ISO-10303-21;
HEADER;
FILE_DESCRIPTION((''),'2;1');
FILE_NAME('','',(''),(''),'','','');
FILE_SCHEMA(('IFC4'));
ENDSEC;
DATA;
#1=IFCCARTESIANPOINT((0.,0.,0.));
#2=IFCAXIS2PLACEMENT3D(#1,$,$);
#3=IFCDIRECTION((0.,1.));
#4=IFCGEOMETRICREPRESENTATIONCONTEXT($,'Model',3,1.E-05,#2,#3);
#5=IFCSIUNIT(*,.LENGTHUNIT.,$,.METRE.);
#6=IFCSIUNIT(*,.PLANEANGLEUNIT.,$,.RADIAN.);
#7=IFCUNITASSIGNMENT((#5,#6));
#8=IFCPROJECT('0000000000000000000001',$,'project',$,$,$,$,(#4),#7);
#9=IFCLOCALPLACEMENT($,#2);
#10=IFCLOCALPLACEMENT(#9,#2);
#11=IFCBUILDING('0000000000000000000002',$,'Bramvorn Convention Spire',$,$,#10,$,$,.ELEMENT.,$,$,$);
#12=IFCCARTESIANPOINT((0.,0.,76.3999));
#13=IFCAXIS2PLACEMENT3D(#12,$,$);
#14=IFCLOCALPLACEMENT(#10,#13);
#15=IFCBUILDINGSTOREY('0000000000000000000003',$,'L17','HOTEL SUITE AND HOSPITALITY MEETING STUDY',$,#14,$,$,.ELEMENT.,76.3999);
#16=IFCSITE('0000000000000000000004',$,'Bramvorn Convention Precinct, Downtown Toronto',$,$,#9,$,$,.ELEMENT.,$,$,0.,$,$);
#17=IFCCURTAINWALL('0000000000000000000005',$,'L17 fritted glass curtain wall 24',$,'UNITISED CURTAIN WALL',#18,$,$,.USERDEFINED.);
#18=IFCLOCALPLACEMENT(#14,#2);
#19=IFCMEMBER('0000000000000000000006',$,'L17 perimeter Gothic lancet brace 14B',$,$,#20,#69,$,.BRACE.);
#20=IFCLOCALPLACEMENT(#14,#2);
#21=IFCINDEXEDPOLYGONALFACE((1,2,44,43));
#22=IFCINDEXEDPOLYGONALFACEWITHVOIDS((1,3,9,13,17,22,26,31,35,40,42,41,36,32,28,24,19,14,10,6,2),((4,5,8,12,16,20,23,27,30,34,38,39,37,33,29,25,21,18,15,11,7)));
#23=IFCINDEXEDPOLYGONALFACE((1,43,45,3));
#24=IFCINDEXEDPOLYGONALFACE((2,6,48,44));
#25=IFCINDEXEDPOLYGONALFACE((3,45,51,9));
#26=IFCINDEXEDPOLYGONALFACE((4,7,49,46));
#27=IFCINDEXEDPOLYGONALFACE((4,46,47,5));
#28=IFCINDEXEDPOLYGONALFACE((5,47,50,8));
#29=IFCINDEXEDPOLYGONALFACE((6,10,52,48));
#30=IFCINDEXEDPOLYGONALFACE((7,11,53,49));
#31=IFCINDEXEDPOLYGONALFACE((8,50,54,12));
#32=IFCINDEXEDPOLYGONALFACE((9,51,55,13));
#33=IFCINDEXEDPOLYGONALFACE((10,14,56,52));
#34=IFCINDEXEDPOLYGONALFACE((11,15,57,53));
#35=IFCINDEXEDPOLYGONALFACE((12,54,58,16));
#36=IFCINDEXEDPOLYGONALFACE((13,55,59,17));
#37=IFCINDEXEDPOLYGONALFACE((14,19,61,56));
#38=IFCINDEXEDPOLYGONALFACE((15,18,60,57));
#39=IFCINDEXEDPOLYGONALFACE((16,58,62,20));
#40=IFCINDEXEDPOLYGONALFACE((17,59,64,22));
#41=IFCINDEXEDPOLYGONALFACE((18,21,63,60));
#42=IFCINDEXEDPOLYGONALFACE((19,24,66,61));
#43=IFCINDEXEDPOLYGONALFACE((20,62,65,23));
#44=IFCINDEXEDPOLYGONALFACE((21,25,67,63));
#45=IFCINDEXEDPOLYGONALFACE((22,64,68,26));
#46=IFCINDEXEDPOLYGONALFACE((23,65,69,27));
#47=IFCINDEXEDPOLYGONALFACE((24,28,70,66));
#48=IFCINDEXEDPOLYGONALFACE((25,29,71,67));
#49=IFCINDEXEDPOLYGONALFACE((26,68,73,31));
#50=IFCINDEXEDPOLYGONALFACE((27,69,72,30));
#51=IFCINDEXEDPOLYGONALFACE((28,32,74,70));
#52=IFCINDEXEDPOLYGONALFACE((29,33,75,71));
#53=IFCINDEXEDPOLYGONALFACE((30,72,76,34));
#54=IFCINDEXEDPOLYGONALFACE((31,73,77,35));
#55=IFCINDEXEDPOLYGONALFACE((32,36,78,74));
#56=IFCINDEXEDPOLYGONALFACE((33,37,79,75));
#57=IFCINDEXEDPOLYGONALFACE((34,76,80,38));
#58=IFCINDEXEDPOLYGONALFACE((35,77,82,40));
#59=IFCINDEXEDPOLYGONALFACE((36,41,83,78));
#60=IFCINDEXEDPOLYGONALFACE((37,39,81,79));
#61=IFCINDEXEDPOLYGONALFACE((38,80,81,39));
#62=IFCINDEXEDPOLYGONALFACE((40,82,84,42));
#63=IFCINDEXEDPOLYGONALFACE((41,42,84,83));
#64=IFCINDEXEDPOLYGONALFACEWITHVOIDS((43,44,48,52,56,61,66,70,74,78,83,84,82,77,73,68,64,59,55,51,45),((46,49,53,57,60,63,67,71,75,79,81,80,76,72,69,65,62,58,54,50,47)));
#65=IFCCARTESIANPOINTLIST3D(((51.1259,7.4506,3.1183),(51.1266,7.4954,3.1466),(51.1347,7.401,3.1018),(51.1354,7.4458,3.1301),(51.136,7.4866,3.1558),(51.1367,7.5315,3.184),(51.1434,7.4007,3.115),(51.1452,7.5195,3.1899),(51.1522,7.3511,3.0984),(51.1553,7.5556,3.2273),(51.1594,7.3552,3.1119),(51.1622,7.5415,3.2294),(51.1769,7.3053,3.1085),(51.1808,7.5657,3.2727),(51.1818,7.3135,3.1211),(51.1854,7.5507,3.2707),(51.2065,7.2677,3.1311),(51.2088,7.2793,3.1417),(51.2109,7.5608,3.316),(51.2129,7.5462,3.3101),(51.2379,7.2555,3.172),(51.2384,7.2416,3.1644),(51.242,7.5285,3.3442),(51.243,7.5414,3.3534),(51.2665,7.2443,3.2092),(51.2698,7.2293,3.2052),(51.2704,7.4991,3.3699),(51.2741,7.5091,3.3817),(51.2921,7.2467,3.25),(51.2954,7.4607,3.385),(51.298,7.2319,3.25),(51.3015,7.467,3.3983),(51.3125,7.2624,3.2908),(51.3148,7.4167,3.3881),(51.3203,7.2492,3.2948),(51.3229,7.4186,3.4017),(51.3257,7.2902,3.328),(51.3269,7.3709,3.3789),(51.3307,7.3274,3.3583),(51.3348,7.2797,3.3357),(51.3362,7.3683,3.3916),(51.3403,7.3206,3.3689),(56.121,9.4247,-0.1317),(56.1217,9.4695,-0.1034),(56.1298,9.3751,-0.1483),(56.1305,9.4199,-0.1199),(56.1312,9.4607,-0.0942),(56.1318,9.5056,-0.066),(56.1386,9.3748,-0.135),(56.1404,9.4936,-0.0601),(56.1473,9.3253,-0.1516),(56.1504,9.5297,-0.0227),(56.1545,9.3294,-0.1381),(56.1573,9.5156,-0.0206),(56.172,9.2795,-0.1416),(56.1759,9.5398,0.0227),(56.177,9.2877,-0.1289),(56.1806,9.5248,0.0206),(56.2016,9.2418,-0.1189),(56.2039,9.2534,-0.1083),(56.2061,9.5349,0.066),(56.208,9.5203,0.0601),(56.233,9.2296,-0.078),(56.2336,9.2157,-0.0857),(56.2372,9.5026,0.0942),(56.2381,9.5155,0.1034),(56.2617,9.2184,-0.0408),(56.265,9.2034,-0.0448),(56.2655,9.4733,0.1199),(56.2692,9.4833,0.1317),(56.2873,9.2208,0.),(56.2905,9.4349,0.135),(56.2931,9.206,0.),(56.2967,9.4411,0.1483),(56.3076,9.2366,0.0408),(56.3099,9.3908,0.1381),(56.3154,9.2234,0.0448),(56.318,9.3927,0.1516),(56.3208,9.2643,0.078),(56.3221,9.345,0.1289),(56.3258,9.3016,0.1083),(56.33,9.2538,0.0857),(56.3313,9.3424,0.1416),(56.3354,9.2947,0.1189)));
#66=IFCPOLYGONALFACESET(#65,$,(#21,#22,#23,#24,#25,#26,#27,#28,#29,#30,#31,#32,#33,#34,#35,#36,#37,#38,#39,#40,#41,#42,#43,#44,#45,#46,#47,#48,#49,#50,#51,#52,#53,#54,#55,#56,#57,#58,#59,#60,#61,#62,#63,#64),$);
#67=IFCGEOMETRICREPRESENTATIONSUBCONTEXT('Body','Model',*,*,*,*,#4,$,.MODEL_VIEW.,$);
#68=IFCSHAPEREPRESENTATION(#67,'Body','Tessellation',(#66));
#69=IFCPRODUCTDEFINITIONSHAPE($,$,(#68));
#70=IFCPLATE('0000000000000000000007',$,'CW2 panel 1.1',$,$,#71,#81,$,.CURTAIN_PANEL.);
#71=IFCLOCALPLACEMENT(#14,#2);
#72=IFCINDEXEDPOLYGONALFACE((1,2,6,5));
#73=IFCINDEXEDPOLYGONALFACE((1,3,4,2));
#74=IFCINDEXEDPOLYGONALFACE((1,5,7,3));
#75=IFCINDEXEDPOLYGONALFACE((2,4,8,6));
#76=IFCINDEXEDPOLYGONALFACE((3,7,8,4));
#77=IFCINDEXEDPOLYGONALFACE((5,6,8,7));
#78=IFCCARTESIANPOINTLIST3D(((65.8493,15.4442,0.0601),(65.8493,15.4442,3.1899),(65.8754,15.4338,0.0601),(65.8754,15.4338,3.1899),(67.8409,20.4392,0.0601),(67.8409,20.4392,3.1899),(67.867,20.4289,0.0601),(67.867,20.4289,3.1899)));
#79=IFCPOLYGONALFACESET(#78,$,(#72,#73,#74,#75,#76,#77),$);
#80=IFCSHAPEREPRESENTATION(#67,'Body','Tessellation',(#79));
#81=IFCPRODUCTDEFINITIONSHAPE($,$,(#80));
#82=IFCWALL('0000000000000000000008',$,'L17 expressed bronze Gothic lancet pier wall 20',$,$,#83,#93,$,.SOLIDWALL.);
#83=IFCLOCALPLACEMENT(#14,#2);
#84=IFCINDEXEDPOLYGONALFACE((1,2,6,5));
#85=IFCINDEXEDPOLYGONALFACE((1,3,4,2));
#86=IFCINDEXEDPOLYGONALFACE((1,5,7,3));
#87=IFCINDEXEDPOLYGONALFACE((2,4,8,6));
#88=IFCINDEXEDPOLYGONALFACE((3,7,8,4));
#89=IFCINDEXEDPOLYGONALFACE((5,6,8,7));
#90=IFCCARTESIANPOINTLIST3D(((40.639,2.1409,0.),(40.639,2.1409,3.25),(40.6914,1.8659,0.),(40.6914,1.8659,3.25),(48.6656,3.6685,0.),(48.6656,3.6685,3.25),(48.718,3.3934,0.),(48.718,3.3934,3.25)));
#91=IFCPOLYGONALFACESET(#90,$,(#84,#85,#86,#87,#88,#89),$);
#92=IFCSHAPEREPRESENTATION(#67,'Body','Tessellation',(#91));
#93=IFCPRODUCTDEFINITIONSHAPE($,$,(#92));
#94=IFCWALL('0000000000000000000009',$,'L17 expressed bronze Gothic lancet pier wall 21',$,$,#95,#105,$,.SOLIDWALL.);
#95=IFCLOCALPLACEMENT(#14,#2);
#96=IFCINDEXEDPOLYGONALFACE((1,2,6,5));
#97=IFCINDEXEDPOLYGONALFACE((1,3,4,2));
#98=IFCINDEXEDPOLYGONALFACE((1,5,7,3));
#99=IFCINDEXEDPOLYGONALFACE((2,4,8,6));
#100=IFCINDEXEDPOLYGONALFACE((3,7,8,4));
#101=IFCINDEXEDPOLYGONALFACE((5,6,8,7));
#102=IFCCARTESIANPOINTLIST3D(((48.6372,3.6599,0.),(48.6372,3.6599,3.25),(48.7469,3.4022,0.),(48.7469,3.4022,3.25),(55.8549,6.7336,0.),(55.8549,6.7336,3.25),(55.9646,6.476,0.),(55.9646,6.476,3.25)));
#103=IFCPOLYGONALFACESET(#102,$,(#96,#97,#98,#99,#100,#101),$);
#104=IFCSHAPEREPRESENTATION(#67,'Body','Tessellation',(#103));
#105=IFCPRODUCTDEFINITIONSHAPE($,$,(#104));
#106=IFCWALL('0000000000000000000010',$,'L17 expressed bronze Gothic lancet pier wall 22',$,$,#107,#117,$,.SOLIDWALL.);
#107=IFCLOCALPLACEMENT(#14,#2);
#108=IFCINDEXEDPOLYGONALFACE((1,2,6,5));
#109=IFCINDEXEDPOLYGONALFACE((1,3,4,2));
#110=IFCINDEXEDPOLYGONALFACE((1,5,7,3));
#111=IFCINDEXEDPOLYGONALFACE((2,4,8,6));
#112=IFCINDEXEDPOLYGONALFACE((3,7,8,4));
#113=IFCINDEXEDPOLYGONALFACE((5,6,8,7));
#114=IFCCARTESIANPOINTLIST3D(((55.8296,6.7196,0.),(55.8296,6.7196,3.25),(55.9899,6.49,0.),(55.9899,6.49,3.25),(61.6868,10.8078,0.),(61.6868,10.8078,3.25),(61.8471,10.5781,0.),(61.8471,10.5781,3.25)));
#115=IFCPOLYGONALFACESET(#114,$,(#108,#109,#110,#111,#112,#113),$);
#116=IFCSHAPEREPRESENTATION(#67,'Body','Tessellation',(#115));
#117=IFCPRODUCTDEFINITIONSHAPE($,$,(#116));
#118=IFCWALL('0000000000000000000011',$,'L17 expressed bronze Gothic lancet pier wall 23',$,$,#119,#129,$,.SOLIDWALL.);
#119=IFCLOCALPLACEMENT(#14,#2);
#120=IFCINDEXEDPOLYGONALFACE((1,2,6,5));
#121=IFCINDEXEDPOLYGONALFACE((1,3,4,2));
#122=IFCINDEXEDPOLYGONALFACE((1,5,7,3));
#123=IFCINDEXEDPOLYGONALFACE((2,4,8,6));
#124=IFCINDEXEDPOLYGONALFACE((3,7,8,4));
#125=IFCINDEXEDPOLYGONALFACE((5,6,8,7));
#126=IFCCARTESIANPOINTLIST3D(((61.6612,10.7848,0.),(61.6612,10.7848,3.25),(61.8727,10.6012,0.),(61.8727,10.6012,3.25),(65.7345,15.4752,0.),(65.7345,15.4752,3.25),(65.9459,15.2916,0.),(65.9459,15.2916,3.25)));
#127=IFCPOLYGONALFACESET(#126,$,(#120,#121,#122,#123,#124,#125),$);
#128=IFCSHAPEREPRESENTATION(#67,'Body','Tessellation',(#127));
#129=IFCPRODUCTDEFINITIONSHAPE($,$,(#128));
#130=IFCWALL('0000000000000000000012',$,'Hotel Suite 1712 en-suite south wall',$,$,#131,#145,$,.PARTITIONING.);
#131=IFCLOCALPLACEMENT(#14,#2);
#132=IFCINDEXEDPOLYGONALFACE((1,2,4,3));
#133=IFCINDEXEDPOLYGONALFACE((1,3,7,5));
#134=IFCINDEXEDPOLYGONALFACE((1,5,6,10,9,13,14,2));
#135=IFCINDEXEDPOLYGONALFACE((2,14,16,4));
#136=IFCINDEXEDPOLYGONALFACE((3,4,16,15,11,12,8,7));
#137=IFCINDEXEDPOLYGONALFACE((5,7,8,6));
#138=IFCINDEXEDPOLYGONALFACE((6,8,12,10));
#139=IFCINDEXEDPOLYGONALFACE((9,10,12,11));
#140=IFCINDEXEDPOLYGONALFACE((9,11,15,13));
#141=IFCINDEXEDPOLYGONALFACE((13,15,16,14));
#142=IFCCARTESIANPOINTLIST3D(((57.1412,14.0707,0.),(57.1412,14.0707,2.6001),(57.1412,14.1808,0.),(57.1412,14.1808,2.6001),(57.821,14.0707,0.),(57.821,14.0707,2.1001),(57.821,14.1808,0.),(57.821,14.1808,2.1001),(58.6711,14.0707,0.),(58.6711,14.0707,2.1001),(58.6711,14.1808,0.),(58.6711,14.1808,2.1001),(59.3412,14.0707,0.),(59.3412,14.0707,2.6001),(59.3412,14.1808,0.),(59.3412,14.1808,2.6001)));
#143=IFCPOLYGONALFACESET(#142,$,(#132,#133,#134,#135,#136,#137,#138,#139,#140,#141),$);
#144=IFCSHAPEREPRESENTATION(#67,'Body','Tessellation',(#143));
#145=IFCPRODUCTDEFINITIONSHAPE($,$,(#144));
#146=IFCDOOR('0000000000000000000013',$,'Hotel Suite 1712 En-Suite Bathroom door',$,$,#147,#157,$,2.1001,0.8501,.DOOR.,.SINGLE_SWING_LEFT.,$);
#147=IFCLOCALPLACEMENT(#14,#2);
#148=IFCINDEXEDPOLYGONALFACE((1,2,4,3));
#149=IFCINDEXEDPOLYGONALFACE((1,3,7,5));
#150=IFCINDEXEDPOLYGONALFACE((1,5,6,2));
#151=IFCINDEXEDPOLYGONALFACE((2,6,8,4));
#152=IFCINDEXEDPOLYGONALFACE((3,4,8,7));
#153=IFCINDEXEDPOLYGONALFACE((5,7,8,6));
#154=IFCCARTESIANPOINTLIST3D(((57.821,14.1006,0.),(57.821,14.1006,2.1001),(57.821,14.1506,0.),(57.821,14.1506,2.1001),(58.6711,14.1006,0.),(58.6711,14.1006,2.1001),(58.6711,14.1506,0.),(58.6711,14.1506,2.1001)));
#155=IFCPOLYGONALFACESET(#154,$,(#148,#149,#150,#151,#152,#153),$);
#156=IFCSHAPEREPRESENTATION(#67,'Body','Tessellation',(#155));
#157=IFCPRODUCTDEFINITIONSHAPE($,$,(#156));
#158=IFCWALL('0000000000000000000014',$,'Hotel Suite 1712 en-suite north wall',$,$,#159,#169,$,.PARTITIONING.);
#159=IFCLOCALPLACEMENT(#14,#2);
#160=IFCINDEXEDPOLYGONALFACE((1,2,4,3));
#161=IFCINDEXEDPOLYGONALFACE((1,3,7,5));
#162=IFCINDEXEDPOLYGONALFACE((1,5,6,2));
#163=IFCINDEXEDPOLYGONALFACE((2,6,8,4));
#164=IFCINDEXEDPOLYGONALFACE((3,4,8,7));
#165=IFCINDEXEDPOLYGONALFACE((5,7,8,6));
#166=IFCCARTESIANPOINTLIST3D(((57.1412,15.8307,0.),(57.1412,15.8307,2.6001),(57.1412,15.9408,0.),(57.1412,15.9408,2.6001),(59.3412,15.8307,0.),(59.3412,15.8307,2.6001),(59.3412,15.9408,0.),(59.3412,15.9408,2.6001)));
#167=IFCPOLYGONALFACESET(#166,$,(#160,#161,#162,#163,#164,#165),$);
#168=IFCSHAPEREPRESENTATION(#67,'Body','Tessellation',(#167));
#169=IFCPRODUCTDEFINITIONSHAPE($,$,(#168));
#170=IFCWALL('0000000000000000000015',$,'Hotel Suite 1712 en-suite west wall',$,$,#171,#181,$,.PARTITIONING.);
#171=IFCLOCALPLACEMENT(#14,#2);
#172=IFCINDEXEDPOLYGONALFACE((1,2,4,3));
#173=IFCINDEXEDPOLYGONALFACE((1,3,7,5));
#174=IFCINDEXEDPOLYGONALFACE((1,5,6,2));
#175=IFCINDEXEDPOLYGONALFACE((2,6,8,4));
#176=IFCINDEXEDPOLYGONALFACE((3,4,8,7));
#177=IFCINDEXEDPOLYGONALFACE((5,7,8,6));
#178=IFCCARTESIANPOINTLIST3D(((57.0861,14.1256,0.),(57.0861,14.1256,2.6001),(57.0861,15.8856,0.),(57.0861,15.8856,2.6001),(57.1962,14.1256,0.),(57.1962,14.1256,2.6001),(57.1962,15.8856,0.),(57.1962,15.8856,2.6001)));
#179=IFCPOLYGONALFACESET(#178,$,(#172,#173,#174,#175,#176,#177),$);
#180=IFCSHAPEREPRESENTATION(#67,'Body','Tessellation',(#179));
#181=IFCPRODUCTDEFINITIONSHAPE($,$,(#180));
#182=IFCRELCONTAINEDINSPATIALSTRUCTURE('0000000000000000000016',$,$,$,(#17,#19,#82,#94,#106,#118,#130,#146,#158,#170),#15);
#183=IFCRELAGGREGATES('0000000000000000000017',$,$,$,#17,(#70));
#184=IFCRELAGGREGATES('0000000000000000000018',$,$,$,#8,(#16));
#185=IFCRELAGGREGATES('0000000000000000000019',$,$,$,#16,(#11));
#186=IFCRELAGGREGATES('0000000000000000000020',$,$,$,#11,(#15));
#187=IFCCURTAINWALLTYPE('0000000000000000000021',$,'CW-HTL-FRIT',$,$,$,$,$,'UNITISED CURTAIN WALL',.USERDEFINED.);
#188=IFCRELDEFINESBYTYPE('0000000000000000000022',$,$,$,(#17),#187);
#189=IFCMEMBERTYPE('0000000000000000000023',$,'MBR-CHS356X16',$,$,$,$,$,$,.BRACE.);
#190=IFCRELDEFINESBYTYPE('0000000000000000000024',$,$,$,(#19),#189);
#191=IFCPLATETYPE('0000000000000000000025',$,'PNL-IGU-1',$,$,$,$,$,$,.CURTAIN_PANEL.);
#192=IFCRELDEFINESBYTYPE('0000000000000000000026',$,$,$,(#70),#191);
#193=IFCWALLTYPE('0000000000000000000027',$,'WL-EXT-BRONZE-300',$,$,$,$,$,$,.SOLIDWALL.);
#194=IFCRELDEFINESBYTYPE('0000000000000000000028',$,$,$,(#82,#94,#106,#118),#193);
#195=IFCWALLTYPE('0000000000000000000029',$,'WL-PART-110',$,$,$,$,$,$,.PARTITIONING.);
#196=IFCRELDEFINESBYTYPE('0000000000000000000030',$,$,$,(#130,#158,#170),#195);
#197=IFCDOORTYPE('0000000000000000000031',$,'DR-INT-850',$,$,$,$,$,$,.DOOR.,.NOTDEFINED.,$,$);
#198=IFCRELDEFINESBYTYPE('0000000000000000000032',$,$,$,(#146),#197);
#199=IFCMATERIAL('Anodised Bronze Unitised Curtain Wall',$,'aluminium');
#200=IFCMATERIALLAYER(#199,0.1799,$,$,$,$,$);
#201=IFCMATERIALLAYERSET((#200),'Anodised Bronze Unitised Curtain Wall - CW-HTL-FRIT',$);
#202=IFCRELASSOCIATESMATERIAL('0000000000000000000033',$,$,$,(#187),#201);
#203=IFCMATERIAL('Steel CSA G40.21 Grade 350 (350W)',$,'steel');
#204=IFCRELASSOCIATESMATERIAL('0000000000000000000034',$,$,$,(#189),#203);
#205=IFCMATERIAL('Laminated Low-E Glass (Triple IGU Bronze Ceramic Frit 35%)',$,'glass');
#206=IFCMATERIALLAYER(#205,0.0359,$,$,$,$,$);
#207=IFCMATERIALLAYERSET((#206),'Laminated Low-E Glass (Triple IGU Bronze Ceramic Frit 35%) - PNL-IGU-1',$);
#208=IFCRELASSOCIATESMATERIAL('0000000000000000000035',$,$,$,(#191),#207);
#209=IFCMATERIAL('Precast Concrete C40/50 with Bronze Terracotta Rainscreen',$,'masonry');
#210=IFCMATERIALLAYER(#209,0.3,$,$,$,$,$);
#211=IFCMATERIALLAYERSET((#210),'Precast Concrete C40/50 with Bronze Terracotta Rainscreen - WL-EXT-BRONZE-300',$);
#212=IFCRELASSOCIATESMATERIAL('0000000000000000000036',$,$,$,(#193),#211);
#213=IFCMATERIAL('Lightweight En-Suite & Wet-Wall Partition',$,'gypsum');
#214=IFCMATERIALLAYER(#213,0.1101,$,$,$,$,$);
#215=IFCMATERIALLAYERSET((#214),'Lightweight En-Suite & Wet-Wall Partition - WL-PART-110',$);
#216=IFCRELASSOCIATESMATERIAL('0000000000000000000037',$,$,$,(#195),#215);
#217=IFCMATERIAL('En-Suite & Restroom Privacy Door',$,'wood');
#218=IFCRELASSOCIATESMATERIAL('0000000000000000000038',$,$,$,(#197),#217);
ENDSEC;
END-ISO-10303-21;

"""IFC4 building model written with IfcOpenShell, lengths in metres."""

from ifc_helpers import new_model, si_unit, direction, frame, frame_2d, origin, origin_2d, place, context, subcontext, project, spatial, rectangle, hollow_circle, extrude, material, layer, layer_set, material_profile, profile_set, type_object, element, fill, aggregate, save


model = new_model("IFC4")

# Units and contexts
model_context = context("Model", 3, precision=1e-05, world=origin(), true_north=direction((0.0, 1.0)))
body_context = subcontext(model_context, "Body", "Model", "MODEL_VIEW")
ifc_project = project(units=[si_unit("LENGTHUNIT", "METRE"), si_unit("PLANEANGLEUNIT", "RADIAN")], contexts=[model_context])

# Site, building, storey
site_placement = place(None, origin())
site = spatial("IfcSite", under=ifc_project, at=site_placement, Name="Bramvorn Convention Precinct, Downtown Toronto", CompositionType="ELEMENT", RefElevation=0.0)
building_placement = place(site_placement, origin())
building = spatial("IfcBuilding", under=site, at=building_placement, Name="Bramvorn Convention Spire", CompositionType="ELEMENT")
storey_placement = place(building_placement, frame((0.0, 0.0, 76.3999)))
storey = spatial("IfcBuildingStorey", under=building, at=storey_placement, Name="L17", Description="HOTEL SUITE AND HOSPITALITY MEETING STUDY", CompositionType="ELEMENT", Elevation=76.3999)

# Shared definitions
ifc_material_1 = material(Name="Steel CSA G40.21 Grade 350 (350W)", Category="steel")

# Curtain wall
ifc_material_2 = material(Name="Anodised Bronze Unitised Curtain Wall", Category="aluminium")
ifc_layer_1 = layer(ifc_material_2, 0.1799)
ifc_layer_set_1 = layer_set([ifc_layer_1], Name="Anodised Bronze Unitised Curtain Wall - CW-HTL-FRIT")
curtain_wall_type = type_object("IfcCurtainWallType", Name="CW-HTL-FRIT", ElementType="UNITISED CURTAIN WALL", PredefinedType="USERDEFINED", material=ifc_layer_set_1)
curtain_wall_placement = place(storey_placement, origin())
curtain_wall = element("IfcCurtainWall", 1, at=curtain_wall_placement, inside=storey, type_object=curtain_wall_type, Name="L17 fritted glass curtain wall 24", ObjectType="UNITISED CURTAIN WALL", PredefinedType="USERDEFINED")

# Member
ifc_material_profile_1 = material_profile(ifc_material_1, hollow_circle(Radius=0.1777, WallThickness=0.0159, at=origin_2d()))
ifc_profile_set_1 = profile_set([ifc_material_profile_1], Name="Steel CSA G40.21 Grade 350 (350W) - CHS356X16")
member_type_1 = type_object("IfcMemberType", Name="MBR-CHS356X16", PredefinedType="BRACE", material=ifc_profile_set_1)
member_1_placement = place(storey_placement, frame((56.2278, 9.3713, 0.0), z_axis=(-0.795679, -0.31446, 0.517697), x_axis=(0.367547, -0.930005, 0.0)))
element("IfcMember", 2, at=member_1_placement, inside=storey, type_object=member_type_1, Name="L17 perimeter Gothic lancet brace 14B", PredefinedType="BRACE", context=body_context, shape_type="SweptSolid", body=[
    extrude(hollow_circle(Radius=0.1777, WallThickness=0.0159, at=origin_2d()), origin(), (0.0, 0.0, 1.0), 6.2778),
])

# Plate
ifc_material_3 = material(Name="Laminated Low-E Glass (Triple IGU Bronze Ceramic Frit 35%)", Category="glass")
ifc_layer_2 = layer(ifc_material_3, 0.0359)
ifc_layer_set_2 = layer_set([ifc_layer_2], Name="Laminated Low-E Glass (Triple IGU Bronze Ceramic Frit 35%) - PNL-IGU-1")
plate_type = type_object("IfcPlateType", Name="PNL-IGU-1", PredefinedType="CURTAIN_PANEL", material=ifc_layer_set_2)
plate_placement = place(storey_placement, frame((66.8582, 17.9365, 0.0601), z_axis=(0.0, 0.0, 1.0), x_axis=(-0.370355, -0.92889, 0.0)))
plate = element("IfcPlate", 3, at=plate_placement, type_object=plate_type, Name="CW2 panel 1.1", PredefinedType="CURTAIN_PANEL", context=body_context, shape_type="SweptSolid", body=[
    extrude(rectangle(XDim=5.3774, YDim=0.0281, at=origin_2d()), origin(), (0.0, 0.0, 1.0), 3.1299),
])
aggregate(curtain_wall, [plate])

# Walls
ifc_material_4 = material(Name="Precast Concrete C40/50 with Bronze Terracotta Rainscreen", Category="masonry")
ifc_layer_3 = layer(ifc_material_4, 0.3)
ifc_layer_set_3 = layer_set([ifc_layer_3], Name="Precast Concrete C40/50 with Bronze Terracotta Rainscreen - WL-EXT-BRONZE-300")
wall_type_1 = type_object("IfcWallType", Name="WL-EXT-BRONZE-300", PredefinedType="SOLIDWALL", material=ifc_layer_set_3)
wall_1_placement = place(storey_placement, frame((48.6919, 3.531, 0.0), z_axis=(0.0, 0.0, 1.0), x_axis=(-0.982368, -0.18696, 0.0)))
element("IfcWall", 4, at=wall_1_placement, inside=storey, type_object=wall_type_1, Name="L17 expressed bronze Gothic lancet pier wall 20", PredefinedType="SOLIDWALL", context=body_context, shape_type="SweptSolid", body=[
    extrude(rectangle(XDim=8.1707, YDim=0.28, at=frame_2d((4.0854, 0.0))), origin(), (0.0, 0.0, 1.0), 3.25),
])
wall_2_placement = place(storey_placement, frame((55.9097, 6.6047, 0.0), z_axis=(0.0, 0.0, 1.0), x_axis=(-0.920047, -0.391807, 0.0)))
element("IfcWall", 5, at=wall_2_placement, inside=storey, type_object=wall_type_1, Name="L17 expressed bronze Gothic lancet pier wall 21", PredefinedType="SOLIDWALL", context=body_context, shape_type="SweptSolid", body=[
    extrude(rectangle(XDim=7.845, YDim=0.28, at=frame_2d((3.9224, 0.0))), origin(), (0.0, 0.0, 1.0), 3.25),
])
wall_3_placement = place(storey_placement, frame((61.7668, 10.6929, 0.0), z_axis=(0.0, 0.0, 1.0), x_axis=(-0.820013, -0.572345, 0.0)))
element("IfcWall", 6, at=wall_3_placement, inside=storey, type_object=wall_type_1, Name="L17 expressed bronze Gothic lancet pier wall 22", PredefinedType="SOLIDWALL", context=body_context, shape_type="SweptSolid", body=[
    extrude(rectangle(XDim=7.1428, YDim=0.28, at=frame_2d((3.5713, 0.0))), origin(), (0.0, 0.0, 1.0), 3.25),
])
wall_4_placement = place(storey_placement, frame((65.8401, 15.3833, 0.0), z_axis=(0.0, 0.0, 1.0), x_axis=(-0.655684, -0.755035, 0.0)))
element("IfcWall", 7, at=wall_4_placement, inside=storey, type_object=wall_type_1, Name="L17 expressed bronze Gothic lancet pier wall 23", PredefinedType="SOLIDWALL", context=body_context, shape_type="SweptSolid", body=[
    extrude(rectangle(XDim=6.2122, YDim=0.28, at=frame_2d((3.106, 0.0))), origin(), (0.0, 0.0, 1.0), 3.25),
])

# Wall, opening, door
ifc_material_5 = material(Name="Lightweight En-Suite & Wet-Wall Partition", Category="gypsum")
ifc_layer_4 = layer(ifc_material_5, 0.1101)
ifc_layer_set_4 = layer_set([ifc_layer_4], Name="Lightweight En-Suite & Wet-Wall Partition - WL-PART-110")
wall_type_2 = type_object("IfcWallType", Name="WL-PART-110", PredefinedType="PARTITIONING", material=ifc_layer_set_4)
wall_5_placement = place(storey_placement, frame((57.1411, 14.1257, 0.0), z_axis=(0.0, 0.0, 1.0), x_axis=(1.0, 0.0, 0.0)))
wall_5 = element("IfcWall", 8, at=wall_5_placement, inside=storey, type_object=wall_type_2, Name="Hotel Suite 1712 en-suite south wall", PredefinedType="PARTITIONING", context=body_context, shape_type="SweptSolid", body=[
    extrude(rectangle(XDim=2.2, YDim=0.1101, at=frame_2d((1.1001, 0.0))), origin(), (0.0, 0.0, 1.0), 2.6001),
])
opening_1_placement = place(wall_5_placement, frame((0.6799, 0.0, 0.0)))
opening_1 = element("IfcOpeningElement", 9, at=opening_1_placement, cuts=wall_5, PredefinedType="OPENING", context=body_context, shape_type="SweptSolid", body=[
    extrude(rectangle(XDim=0.8501, YDim=2.1001, at=frame_2d((0.425, 1.05))), frame((0.0, 0.0649, 0.0), z_axis=(0.0, -1.0, 0.0), x_axis=(1.0, 0.0, 0.0)), (0.0, 0.0, 1.0), 0.1301),
])
ifc_material_6 = material(Name="En-Suite & Restroom Privacy Door", Category="wood")
door_type_1 = type_object("IfcDoorType", Name="DR-INT-850", OperationType="NOTDEFINED", PredefinedType="DOOR", material=ifc_material_6)
door_1_placement = place(opening_1_placement, origin())
door_1 = element("IfcDoor", 10, at=door_1_placement, inside=storey, type_object=door_type_1, Name="Hotel Suite 1712 En-Suite Bathroom door", OperationType="SINGLE_SWING_LEFT", OverallHeight=2.1001, OverallWidth=0.8501, PredefinedType="DOOR", context=body_context, shape_type="SweptSolid", body=[
    extrude(rectangle(XDim=0.8501, YDim=2.1001, at=frame_2d((0.425, 1.05))), frame((0.0, 0.0249, 0.0), z_axis=(0.0, -1.0, 0.0), x_axis=(1.0, 0.0, 0.0)), (0.0, 0.0, 1.0), 0.05),
])
fill(opening_1, door_1)

# Walls
wall_6_placement = place(storey_placement, frame((57.1411, 15.8857, 0.0), z_axis=(0.0, 0.0, 1.0), x_axis=(1.0, 0.0, 0.0)))
element("IfcWall", 11, at=wall_6_placement, inside=storey, type_object=wall_type_2, Name="Hotel Suite 1712 en-suite north wall", PredefinedType="PARTITIONING", context=body_context, shape_type="SweptSolid", body=[
    extrude(rectangle(XDim=2.2, YDim=0.1101, at=frame_2d((1.1001, 0.0))), origin(), (0.0, 0.0, 1.0), 2.6001),
])
for number, where, z_axis, x_axis, name in (
    (12, (57.1411, 14.1257, 0.0), (0.0, 0.0, 1.0), (0.0, 1.0, 0.0), "Hotel Suite 1712 en-suite west wall"),
):
    element("IfcWall", number, at=place(storey_placement, frame(where, z_axis=z_axis, x_axis=x_axis)), inside=storey, type_object=wall_type_2, Name=name, PredefinedType="PARTITIONING", context=body_context, shape_type="SweptSolid", body=[
        extrude(rectangle(XDim=1.76, YDim=0.1101, at=frame_2d((0.8799, 0.0))), origin(), (0.0, 0.0, 1.0), 2.6001),
    ])

save(model, "model.ifc")
